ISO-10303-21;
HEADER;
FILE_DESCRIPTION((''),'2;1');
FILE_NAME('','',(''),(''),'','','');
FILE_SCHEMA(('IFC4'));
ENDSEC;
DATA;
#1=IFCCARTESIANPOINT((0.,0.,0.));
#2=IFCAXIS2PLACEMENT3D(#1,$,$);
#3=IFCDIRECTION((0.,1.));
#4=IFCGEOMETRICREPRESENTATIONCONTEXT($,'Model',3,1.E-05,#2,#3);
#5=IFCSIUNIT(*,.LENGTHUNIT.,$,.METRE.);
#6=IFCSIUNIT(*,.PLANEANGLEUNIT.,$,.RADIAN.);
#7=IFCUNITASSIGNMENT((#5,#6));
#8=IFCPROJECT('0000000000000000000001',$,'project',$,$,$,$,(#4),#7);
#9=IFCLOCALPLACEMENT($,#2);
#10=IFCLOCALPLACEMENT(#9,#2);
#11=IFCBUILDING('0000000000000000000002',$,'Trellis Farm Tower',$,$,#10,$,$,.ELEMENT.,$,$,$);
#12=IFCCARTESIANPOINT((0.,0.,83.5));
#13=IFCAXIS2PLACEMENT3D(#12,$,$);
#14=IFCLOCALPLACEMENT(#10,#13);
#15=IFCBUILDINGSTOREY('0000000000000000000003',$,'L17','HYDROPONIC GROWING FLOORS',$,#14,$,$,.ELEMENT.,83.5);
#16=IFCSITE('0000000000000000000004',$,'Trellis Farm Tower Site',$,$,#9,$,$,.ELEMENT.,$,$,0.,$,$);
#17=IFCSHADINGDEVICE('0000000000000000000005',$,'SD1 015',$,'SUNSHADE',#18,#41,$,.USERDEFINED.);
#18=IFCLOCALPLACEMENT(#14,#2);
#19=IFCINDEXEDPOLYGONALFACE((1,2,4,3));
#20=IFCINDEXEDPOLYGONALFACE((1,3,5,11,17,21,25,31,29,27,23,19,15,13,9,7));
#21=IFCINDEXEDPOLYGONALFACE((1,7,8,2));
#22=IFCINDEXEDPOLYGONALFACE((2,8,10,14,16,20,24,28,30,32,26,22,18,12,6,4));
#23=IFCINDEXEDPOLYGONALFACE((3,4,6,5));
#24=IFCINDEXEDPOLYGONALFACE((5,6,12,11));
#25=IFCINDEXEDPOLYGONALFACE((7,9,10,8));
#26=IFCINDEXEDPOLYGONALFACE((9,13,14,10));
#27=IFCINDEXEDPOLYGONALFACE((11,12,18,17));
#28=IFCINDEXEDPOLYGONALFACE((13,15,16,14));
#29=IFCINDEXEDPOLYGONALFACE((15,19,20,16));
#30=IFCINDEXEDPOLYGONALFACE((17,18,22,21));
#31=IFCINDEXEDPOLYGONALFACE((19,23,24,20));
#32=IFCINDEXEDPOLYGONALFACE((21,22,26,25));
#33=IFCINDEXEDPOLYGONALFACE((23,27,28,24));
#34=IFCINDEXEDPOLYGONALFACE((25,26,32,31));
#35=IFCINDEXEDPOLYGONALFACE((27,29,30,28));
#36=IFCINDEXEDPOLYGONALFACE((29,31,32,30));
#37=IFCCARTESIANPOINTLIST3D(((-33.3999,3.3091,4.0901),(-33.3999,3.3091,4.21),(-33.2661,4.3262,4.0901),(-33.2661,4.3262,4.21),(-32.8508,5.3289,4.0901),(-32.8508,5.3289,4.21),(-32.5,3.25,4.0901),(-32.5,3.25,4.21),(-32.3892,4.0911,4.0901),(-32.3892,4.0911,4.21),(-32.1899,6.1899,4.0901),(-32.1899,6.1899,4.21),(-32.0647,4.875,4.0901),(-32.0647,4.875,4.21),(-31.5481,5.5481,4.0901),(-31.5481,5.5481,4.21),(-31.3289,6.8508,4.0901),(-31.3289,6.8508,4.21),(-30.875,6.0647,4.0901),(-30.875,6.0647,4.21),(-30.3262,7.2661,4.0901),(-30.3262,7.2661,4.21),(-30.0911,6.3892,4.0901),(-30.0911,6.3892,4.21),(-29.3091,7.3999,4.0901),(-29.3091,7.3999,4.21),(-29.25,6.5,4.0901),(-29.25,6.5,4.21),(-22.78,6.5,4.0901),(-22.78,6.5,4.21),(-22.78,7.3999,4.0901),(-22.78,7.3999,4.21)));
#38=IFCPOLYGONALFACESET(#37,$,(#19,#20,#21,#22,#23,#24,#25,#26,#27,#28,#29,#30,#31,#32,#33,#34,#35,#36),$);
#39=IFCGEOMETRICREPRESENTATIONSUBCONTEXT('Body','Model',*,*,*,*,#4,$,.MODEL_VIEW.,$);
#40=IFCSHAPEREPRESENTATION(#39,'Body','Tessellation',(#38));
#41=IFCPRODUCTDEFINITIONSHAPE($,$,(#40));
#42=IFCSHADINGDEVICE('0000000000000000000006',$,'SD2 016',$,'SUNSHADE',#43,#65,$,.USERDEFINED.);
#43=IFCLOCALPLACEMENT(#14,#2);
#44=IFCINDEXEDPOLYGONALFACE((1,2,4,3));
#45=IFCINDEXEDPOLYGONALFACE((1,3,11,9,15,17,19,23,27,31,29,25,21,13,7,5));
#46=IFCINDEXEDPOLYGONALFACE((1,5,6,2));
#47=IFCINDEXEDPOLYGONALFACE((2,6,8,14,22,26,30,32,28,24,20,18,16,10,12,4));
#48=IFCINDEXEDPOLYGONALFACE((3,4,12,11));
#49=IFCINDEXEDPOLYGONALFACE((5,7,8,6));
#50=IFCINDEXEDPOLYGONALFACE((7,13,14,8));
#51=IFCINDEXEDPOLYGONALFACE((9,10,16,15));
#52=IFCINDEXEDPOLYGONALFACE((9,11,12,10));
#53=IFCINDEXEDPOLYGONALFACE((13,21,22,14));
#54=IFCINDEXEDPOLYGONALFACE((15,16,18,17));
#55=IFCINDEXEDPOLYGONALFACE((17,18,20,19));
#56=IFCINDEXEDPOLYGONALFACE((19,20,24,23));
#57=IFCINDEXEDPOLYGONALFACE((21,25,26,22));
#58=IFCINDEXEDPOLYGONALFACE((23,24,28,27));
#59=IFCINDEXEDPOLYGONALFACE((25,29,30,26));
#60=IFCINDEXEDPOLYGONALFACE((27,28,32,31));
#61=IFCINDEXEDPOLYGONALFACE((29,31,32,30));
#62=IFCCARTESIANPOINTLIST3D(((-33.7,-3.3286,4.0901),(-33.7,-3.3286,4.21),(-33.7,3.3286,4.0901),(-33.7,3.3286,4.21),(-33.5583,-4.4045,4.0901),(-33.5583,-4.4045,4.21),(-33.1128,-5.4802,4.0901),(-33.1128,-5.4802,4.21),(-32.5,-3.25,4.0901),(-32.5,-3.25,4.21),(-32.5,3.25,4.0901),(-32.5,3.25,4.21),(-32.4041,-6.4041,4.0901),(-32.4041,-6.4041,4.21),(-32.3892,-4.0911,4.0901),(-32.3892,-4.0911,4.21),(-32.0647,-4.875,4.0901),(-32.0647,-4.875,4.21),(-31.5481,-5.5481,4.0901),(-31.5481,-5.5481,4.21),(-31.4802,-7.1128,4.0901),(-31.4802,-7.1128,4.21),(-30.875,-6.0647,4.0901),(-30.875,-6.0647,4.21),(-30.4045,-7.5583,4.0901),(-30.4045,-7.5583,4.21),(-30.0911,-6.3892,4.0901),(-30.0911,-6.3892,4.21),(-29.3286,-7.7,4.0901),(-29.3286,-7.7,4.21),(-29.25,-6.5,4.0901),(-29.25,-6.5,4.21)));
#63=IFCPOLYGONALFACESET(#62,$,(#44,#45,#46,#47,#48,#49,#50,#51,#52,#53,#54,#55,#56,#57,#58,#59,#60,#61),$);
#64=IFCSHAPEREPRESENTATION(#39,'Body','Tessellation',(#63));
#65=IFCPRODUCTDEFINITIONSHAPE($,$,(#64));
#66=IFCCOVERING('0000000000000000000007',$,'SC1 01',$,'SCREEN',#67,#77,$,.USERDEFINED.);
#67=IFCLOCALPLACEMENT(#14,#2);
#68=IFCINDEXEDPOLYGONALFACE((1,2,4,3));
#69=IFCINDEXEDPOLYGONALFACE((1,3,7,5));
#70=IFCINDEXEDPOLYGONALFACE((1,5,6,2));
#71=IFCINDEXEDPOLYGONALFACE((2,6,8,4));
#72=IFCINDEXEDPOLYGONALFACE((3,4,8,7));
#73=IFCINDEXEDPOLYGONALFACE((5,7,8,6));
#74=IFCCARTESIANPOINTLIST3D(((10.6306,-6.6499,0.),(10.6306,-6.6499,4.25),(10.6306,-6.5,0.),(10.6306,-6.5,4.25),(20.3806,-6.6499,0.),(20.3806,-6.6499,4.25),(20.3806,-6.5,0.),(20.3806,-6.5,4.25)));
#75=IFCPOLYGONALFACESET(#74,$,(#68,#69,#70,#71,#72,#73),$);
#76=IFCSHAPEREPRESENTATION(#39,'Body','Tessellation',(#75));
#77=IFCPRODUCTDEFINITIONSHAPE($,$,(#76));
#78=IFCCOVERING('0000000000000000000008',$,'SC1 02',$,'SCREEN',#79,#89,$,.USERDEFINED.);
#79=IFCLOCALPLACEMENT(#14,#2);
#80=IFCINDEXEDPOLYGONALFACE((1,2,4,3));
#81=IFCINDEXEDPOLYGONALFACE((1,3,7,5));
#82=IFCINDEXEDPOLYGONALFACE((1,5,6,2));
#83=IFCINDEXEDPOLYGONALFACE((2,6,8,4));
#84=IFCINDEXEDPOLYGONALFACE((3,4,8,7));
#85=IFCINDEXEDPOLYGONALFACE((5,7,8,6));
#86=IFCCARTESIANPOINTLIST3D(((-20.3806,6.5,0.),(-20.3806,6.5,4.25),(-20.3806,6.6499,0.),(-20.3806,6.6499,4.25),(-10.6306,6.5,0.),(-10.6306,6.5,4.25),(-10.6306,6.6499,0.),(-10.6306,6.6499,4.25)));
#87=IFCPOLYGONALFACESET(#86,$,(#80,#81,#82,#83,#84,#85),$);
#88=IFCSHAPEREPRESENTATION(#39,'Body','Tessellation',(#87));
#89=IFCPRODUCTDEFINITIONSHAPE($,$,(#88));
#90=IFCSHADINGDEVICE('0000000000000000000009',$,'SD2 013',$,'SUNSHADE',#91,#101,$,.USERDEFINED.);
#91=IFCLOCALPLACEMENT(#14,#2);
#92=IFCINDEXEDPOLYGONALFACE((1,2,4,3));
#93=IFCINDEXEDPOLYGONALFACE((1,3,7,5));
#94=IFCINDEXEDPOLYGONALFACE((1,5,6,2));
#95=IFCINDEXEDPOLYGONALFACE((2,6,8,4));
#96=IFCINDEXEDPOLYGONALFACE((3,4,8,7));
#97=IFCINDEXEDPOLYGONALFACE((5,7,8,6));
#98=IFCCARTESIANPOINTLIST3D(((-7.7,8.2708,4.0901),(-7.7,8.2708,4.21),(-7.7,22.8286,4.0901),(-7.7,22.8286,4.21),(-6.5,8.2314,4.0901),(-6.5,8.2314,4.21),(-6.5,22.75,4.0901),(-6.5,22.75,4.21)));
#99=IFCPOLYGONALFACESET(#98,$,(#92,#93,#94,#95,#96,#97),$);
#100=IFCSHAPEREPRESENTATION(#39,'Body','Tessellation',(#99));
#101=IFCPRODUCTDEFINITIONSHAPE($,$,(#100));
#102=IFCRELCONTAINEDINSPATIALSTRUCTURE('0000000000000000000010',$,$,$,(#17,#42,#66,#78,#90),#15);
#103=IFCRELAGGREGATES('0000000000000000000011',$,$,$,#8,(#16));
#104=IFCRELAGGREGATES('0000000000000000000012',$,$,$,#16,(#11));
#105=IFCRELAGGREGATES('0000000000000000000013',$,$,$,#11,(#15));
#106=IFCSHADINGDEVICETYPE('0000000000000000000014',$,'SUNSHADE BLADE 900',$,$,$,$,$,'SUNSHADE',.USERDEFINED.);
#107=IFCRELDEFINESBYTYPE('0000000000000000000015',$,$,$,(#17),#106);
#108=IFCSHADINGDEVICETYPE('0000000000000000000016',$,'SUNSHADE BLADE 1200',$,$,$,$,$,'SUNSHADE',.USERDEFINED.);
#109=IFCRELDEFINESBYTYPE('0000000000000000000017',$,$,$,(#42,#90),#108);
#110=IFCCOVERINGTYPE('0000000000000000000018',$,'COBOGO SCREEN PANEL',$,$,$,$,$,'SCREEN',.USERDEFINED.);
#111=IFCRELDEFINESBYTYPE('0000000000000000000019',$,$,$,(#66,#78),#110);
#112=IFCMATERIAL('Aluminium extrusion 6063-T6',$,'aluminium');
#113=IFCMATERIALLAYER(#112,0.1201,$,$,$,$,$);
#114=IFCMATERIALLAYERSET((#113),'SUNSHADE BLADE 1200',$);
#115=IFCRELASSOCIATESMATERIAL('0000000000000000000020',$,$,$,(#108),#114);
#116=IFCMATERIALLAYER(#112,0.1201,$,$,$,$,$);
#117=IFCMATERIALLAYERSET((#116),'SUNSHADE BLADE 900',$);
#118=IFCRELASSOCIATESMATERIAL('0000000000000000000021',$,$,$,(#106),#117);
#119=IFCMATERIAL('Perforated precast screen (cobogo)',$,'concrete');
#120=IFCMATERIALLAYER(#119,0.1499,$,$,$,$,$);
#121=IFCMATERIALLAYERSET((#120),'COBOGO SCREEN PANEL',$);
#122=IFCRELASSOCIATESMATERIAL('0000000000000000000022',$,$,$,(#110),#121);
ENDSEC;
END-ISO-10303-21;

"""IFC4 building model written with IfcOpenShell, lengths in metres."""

from ifc_helpers import new_model, si_unit, direction, frame, origin, place, context, subcontext, project, spatial, polyline, outline, extrude, source, transform, mapped, material, layer, layer_set, type_object, element, save


model = new_model("IFC4")

# Units and contexts
model_context = context("Model", 3, precision=1e-05, world=origin(), true_north=direction((0.0, 1.0)))
body_context = subcontext(model_context, "Body", "Model", "MODEL_VIEW")
ifc_project = project(units=[si_unit("LENGTHUNIT", "METRE"), si_unit("PLANEANGLEUNIT", "RADIAN")], contexts=[model_context])

# Site, building, storey
site_placement = place(None, origin())
site = spatial("IfcSite", under=ifc_project, at=site_placement, Name="Trellis Farm Tower Site", CompositionType="ELEMENT", RefElevation=0.0)
building_placement = place(site_placement, origin())
building = spatial("IfcBuilding", under=site, at=building_placement, Name="Trellis Farm Tower", CompositionType="ELEMENT")
storey_placement = place(building_placement, frame((0.0, 0.0, 83.5)))
storey = spatial("IfcBuildingStorey", under=building, at=storey_placement, Name="L17", Description="HYDROPONIC GROWING FLOORS", CompositionType="ELEMENT", Elevation=83.5)

# Shared definitions
placement_1 = place(storey_placement, origin())
ifc_material_1 = material(Name="Aluminium extrusion 6063-T6", Category="aluminium")

# Shading devices
ifc_layer_1 = layer(ifc_material_1, 0.1201)
ifc_layer_set_1 = layer_set([ifc_layer_1], Name="SUNSHADE BLADE 1200")
shading_device_type_1 = type_object("IfcShadingDeviceType", Name="SUNSHADE BLADE 1200", ElementType="SUNSHADE", PredefinedType="USERDEFINED", material=ifc_layer_set_1)
placement_2 = place(storey_placement, frame((0.0, 0.0, 4.0901)))
ifc_layer_2 = layer(ifc_material_1, 0.1201)
ifc_layer_set_2 = layer_set([ifc_layer_2], Name="SUNSHADE BLADE 900")
shading_device_type_2 = type_object("IfcShadingDeviceType", Name="SUNSHADE BLADE 900", ElementType="SUNSHADE", PredefinedType="USERDEFINED", material=ifc_layer_set_2)
shared_shape_1 = source(origin(), body_context, "Body", "SweptSolid", [
    extrude(outline(polyline([(-22.78, 7.3999), (-29.3091, 7.3999), (-30.3262, 7.2661), (-31.3289, 6.8508), (-32.1899, 6.1899), (-32.8508, 5.3289), (-33.2661, 4.3262), (-33.3999, 3.3091), (-32.5, 3.25), (-32.3892, 4.0911), (-32.0647, 4.875), (-31.5481, 5.5481), (-30.875, 6.0647), (-30.0911, 6.3892), (-29.25, 6.5), (-22.78, 6.5), (-22.78, 7.3999)])), origin(), (0.0, 0.0, 1.0), 0.1199),
])
element("IfcShadingDevice", 1, at=placement_2, inside=storey, type_object=shading_device_type_2, Name="SD1 015", ObjectType="SUNSHADE", PredefinedType="USERDEFINED", context=body_context, shape_type="MappedRepresentation", body=[
    mapped(shared_shape_1, transform((0.0, 0.0, 0.0))),
])
shared_shape_2 = source(origin(), body_context, "Body", "SweptSolid", [
    extrude(outline(polyline([(-33.7, 3.3286), (-33.7, -3.3286), (-33.5583, -4.4045), (-33.1128, -5.4802), (-32.4041, -6.4041), (-31.4802, -7.1128), (-30.4045, -7.5583), (-29.3286, -7.7), (-29.25, -6.5), (-30.0911, -6.3892), (-30.875, -6.0647), (-31.5481, -5.5481), (-32.0647, -4.875), (-32.3892, -4.0911), (-32.5, -3.25), (-32.5, 3.25), (-33.7, 3.3286)])), origin(), (0.0, 0.0, 1.0), 0.1199),
])
element("IfcShadingDevice", 2, at=placement_2, inside=storey, type_object=shading_device_type_1, Name="SD2 016", ObjectType="SUNSHADE", PredefinedType="USERDEFINED", context=body_context, shape_type="MappedRepresentation", body=[
    mapped(shared_shape_2, transform((0.0, 0.0, 0.0))),
])

# Coverings
ifc_material_2 = material(Name="Perforated precast screen (cobogo)", Category="concrete")
ifc_layer_3 = layer(ifc_material_2, 0.1499)
ifc_layer_set_3 = layer_set([ifc_layer_3], Name="COBOGO SCREEN PANEL")
covering_type = type_object("IfcCoveringType", Name="COBOGO SCREEN PANEL", ElementType="SCREEN", PredefinedType="USERDEFINED", material=ifc_layer_set_3)
shared_shape_3 = source(origin(), body_context, "Body", "SweptSolid", [
    extrude(outline(polyline([(10.6306, -6.6499), (20.3806, -6.6499), (20.3806, -6.5), (10.6306, -6.5), (10.6306, -6.6499)])), origin(), (0.0, 0.0, 1.0), 4.25),
])
element("IfcCovering", 3, at=placement_1, inside=storey, type_object=covering_type, Name="SC1 01", ObjectType="SCREEN", PredefinedType="USERDEFINED", context=body_context, shape_type="MappedRepresentation", body=[
    mapped(shared_shape_3, transform((0.0, 0.0, 0.0))),
])
shared_shape_4 = source(origin(), body_context, "Body", "SweptSolid", [
    extrude(outline(polyline([(-10.6306, 6.6499), (-20.3806, 6.6499), (-20.3806, 6.5), (-10.6306, 6.5), (-10.6306, 6.6499)])), origin(), (0.0, 0.0, 1.0), 4.25),
])
element("IfcCovering", 4, at=placement_1, inside=storey, type_object=covering_type, Name="SC1 02", ObjectType="SCREEN", PredefinedType="USERDEFINED", context=body_context, shape_type="MappedRepresentation", body=[
    mapped(shared_shape_4, transform((0.0, 0.0, 0.0))),
])

# Shading device
shared_shape_5 = source(origin(), body_context, "Body", "SweptSolid", [
    extrude(outline(polyline([(-7.7, 22.8286), (-7.7, 8.2708), (-6.5, 8.2314), (-6.5, 22.75), (-7.7, 22.8286)])), origin(), (0.0, 0.0, 1.0), 0.1199),
])
element("IfcShadingDevice", 5, at=placement_2, inside=storey, type_object=shading_device_type_1, Name="SD2 013", ObjectType="SUNSHADE", PredefinedType="USERDEFINED", context=body_context, shape_type="MappedRepresentation", body=[
    mapped(shared_shape_5, transform((0.0, 0.0, 0.0))),
])

save(model, "model.ifc")
